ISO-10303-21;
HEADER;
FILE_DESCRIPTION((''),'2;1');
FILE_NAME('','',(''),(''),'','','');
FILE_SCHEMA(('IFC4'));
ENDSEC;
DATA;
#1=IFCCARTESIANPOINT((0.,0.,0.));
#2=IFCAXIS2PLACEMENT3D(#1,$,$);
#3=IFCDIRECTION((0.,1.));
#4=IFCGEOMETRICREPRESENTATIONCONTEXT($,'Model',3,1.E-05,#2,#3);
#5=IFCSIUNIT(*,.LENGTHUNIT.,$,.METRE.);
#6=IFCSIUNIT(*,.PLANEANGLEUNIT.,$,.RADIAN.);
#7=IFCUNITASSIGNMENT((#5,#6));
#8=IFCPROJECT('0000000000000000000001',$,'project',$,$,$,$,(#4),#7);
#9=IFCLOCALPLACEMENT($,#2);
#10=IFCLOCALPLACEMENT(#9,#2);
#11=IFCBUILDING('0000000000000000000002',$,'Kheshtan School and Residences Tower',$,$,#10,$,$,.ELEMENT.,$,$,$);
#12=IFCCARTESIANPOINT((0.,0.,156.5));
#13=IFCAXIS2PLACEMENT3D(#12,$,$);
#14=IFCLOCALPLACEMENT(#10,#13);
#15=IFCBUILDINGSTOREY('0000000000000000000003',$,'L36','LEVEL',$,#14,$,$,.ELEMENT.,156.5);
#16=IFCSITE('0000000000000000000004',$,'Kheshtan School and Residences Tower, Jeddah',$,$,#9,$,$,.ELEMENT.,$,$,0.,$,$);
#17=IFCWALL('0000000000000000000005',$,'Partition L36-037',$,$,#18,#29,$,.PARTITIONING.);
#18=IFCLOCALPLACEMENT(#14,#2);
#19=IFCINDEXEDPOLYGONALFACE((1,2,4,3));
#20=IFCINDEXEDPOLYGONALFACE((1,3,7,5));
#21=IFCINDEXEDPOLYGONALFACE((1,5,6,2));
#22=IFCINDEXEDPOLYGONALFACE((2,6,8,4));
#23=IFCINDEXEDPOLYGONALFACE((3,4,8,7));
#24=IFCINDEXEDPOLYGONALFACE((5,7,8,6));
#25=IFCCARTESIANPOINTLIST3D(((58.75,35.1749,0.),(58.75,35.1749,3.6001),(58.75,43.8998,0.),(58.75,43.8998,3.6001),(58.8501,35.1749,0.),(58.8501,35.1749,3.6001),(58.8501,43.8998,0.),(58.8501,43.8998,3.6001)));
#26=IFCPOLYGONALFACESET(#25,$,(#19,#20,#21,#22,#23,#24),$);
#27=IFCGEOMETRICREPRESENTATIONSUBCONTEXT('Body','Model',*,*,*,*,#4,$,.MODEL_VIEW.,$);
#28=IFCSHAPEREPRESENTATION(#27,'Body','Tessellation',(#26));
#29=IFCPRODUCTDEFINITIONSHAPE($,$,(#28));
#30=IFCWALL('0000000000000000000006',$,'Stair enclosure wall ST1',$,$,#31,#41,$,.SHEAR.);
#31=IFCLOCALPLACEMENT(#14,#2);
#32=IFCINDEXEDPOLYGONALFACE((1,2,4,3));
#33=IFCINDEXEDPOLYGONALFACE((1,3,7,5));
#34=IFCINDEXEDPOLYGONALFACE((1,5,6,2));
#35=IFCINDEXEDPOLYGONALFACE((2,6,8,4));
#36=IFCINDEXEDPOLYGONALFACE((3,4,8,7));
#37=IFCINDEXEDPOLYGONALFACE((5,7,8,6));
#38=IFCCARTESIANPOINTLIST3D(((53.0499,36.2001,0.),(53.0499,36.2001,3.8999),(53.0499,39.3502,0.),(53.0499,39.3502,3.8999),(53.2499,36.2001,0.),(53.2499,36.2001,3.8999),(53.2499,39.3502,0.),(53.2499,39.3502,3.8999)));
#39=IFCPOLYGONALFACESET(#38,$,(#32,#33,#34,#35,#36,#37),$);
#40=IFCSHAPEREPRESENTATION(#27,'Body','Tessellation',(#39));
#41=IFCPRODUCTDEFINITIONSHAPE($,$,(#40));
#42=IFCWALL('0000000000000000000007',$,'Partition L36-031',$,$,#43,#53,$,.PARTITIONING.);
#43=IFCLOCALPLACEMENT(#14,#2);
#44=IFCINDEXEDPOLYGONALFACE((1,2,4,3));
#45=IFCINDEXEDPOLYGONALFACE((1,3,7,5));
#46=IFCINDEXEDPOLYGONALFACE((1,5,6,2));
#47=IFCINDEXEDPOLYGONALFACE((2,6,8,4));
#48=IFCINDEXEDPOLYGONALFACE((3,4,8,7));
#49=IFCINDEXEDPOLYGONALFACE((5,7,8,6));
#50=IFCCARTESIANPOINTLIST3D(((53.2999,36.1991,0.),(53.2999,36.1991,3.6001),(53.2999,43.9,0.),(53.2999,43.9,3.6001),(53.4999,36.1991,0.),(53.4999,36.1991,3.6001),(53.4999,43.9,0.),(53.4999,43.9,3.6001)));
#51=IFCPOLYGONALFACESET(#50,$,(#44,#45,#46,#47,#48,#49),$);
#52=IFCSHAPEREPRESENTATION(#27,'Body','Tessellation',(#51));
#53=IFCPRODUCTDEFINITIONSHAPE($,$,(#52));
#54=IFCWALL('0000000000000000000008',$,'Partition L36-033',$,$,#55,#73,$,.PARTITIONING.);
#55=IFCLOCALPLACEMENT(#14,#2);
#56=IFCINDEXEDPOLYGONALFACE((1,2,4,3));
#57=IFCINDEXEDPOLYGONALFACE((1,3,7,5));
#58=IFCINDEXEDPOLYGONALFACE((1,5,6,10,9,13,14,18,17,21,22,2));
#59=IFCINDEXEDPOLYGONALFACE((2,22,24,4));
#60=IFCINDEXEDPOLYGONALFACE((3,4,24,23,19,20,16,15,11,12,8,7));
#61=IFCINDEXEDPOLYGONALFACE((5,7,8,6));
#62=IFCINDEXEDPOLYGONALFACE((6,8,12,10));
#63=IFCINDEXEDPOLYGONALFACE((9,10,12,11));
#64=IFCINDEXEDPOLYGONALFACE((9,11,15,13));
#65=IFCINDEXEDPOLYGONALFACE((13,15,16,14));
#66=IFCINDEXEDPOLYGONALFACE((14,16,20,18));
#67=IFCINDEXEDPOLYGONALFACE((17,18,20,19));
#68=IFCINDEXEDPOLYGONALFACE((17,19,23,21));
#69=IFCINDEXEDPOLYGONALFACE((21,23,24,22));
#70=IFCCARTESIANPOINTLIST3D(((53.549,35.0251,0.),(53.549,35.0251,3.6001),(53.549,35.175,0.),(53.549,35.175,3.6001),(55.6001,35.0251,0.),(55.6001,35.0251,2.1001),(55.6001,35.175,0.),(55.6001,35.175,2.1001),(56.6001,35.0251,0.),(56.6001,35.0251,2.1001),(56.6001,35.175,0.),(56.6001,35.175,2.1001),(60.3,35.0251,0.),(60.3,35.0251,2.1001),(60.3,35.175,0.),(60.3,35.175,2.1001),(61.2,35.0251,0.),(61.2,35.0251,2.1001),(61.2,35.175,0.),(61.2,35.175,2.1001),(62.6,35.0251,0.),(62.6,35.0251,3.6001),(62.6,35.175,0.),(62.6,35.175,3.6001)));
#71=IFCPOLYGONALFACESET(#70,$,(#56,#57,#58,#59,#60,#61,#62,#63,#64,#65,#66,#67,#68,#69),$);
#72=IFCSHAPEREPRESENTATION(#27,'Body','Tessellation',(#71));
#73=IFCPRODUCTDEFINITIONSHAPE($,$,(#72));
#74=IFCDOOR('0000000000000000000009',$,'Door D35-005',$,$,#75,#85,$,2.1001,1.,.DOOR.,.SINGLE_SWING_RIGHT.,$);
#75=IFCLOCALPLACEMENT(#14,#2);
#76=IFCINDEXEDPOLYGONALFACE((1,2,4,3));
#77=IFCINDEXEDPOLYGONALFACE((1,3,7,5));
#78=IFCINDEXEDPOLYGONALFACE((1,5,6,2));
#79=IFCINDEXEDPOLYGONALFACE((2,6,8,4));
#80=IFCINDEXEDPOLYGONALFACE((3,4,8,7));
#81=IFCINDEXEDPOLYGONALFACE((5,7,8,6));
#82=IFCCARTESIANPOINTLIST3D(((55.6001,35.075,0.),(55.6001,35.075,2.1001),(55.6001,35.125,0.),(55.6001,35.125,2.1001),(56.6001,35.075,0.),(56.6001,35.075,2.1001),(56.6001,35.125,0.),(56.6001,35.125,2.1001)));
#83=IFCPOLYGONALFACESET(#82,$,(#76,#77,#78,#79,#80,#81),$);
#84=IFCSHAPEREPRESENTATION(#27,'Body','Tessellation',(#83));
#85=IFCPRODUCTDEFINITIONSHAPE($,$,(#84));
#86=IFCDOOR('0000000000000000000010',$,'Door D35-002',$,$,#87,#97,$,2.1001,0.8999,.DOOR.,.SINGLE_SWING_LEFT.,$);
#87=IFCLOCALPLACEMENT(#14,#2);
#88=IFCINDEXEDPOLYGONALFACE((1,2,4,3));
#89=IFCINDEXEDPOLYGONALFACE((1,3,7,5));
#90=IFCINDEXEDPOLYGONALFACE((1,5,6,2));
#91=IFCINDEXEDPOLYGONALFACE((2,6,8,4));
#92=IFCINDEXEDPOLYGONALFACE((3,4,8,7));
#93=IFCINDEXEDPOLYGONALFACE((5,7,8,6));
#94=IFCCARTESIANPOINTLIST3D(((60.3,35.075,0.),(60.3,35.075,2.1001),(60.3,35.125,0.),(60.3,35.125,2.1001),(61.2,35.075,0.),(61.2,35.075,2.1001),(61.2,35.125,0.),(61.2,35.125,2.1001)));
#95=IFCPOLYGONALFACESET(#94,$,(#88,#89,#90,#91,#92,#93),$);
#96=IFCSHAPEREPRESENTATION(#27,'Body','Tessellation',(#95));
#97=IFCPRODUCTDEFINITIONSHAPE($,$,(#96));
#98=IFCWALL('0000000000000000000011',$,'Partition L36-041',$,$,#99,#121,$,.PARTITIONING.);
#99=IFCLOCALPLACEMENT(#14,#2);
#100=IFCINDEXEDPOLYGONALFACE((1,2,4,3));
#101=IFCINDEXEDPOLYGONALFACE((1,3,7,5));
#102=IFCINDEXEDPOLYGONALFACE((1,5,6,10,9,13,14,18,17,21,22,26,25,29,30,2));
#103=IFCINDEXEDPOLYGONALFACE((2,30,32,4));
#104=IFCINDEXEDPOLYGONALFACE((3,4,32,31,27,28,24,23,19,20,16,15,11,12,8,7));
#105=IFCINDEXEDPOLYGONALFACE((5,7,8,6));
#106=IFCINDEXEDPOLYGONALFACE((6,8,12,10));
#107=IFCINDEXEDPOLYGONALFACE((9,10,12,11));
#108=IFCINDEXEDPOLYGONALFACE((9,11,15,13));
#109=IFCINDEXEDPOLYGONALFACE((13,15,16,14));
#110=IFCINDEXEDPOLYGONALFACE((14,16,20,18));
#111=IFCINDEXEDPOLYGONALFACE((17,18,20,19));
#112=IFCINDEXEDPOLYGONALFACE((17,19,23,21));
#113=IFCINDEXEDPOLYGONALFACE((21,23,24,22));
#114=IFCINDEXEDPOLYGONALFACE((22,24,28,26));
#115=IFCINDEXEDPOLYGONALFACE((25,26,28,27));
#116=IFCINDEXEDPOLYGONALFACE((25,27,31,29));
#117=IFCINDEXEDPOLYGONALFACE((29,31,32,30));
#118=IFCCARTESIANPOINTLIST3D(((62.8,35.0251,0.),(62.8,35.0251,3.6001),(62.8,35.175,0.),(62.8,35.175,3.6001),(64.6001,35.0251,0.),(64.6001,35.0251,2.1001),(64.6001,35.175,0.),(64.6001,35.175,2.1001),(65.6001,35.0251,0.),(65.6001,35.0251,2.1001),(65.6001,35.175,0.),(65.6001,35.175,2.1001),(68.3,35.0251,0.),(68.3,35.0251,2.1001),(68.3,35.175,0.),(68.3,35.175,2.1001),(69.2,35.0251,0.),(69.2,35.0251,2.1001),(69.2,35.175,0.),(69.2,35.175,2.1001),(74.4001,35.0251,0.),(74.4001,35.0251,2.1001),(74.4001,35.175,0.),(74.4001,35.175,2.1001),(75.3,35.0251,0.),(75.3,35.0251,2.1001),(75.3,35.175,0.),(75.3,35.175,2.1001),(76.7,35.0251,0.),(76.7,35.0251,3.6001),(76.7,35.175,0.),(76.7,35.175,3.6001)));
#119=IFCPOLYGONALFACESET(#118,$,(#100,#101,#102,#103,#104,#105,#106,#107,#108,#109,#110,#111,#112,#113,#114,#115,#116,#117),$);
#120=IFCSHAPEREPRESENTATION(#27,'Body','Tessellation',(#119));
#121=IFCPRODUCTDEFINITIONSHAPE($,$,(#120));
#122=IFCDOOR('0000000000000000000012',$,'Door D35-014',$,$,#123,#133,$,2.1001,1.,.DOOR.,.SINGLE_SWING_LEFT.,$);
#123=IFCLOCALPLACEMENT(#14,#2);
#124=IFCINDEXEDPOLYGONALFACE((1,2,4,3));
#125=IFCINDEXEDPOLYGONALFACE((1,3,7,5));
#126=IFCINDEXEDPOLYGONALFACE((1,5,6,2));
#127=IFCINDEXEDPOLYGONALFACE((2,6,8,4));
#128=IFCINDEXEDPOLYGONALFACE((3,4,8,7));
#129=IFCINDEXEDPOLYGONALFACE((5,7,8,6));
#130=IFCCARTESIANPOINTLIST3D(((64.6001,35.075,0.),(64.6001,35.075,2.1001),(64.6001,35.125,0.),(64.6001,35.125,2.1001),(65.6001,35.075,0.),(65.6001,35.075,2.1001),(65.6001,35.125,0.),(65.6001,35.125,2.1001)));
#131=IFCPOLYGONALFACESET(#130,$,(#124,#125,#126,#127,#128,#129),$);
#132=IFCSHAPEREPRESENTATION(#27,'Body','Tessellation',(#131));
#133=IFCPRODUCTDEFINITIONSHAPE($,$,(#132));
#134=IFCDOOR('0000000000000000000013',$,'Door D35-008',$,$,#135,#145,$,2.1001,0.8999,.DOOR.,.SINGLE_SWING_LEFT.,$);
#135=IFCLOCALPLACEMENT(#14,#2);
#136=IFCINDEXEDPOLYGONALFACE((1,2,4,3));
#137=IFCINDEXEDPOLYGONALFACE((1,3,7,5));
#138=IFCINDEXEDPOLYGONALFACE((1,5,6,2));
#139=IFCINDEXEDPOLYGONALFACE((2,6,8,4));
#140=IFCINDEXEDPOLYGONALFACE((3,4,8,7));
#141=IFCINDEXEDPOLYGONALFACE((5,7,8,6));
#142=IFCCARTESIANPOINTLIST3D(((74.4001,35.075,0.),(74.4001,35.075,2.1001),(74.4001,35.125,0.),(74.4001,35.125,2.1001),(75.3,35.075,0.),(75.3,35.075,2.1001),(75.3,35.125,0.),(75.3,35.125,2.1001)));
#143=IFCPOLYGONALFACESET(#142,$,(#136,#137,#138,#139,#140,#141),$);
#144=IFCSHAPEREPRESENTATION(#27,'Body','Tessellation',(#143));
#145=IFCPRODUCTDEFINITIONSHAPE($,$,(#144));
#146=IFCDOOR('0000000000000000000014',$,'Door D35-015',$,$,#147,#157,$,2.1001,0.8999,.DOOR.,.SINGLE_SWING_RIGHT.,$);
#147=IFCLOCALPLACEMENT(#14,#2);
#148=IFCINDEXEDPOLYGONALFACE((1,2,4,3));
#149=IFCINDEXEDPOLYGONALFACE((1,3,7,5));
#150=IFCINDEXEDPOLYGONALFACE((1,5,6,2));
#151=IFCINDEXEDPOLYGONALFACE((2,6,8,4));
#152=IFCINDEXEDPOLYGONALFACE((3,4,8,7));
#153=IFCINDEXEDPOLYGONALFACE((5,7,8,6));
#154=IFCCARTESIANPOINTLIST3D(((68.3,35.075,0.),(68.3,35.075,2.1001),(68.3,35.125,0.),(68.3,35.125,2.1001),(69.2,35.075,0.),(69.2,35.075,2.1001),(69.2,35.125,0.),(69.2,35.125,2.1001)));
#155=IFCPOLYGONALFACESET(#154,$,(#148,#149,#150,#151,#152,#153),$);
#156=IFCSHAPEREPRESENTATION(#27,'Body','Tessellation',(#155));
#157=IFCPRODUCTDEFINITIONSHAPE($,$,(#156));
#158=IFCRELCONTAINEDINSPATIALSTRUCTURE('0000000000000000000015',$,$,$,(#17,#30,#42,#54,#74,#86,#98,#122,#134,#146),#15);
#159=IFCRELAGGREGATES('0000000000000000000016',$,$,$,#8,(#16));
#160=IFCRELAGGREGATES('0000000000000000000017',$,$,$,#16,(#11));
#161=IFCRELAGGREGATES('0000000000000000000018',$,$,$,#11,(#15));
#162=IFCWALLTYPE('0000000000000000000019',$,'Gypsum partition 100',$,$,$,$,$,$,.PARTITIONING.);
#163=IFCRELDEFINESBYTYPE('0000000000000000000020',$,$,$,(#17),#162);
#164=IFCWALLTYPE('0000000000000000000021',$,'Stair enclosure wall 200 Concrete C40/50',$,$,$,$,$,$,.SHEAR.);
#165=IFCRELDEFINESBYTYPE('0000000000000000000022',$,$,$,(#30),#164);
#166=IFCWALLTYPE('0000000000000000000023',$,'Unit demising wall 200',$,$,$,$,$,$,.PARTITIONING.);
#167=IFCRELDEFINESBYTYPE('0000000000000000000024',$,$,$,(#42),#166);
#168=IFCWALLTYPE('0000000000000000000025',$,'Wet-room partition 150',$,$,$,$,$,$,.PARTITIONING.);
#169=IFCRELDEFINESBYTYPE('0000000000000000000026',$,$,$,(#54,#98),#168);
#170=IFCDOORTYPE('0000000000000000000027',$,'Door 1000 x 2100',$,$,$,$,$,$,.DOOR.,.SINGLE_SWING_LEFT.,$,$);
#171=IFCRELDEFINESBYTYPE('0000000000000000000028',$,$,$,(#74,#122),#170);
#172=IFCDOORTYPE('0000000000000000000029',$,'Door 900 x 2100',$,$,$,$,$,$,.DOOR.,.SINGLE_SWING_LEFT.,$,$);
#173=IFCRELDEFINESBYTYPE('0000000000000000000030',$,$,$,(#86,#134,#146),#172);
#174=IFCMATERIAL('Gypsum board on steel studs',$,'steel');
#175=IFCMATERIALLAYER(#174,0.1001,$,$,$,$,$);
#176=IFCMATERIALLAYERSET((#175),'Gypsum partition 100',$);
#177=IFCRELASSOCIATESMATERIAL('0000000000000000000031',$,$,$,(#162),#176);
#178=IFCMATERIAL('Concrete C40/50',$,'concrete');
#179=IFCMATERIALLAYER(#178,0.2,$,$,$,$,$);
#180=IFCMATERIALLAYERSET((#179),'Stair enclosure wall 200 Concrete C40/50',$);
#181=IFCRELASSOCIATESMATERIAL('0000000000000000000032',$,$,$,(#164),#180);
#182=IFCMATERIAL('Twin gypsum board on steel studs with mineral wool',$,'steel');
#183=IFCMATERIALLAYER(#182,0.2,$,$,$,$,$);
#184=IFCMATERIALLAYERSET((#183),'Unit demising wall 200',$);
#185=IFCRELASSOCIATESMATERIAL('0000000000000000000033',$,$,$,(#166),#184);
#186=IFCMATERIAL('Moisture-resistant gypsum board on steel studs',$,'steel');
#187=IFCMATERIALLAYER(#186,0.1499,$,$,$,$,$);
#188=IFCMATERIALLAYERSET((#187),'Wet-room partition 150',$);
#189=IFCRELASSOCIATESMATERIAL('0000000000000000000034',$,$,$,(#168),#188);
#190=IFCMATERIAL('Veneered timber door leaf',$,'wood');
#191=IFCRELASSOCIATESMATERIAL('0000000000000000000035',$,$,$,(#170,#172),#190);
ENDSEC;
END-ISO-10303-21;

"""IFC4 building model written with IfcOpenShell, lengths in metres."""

from ifc_helpers import new_model, si_unit, direction, frame, frame_2d, origin, place, context, subcontext, project, spatial, rectangle, extrude, source, transform, mapped, material, layer, layer_set, type_object, element, fill, save


model = new_model("IFC4")

# Units and contexts
model_context = context("Model", 3, precision=1e-05, world=origin(), true_north=direction((0.0, 1.0)))
body_context = subcontext(model_context, "Body", "Model", "MODEL_VIEW")
ifc_project = project(units=[si_unit("LENGTHUNIT", "METRE"), si_unit("PLANEANGLEUNIT", "RADIAN")], contexts=[model_context])

# Site, building, storey
site_placement = place(None, origin())
site = spatial("IfcSite", under=ifc_project, at=site_placement, Name="Kheshtan School and Residences Tower, Jeddah", CompositionType="ELEMENT", RefElevation=0.0)
building_placement = place(site_placement, origin())
building = spatial("IfcBuilding", under=site, at=building_placement, Name="Kheshtan School and Residences Tower", CompositionType="ELEMENT")
storey_placement = place(building_placement, frame((0.0, 0.0, 156.5)))
storey = spatial("IfcBuildingStorey", under=building, at=storey_placement, Name="L36", Description="LEVEL", CompositionType="ELEMENT", Elevation=156.5)

# Walls
ifc_material_1 = material(Name="Gypsum board on steel studs", Category="steel")
ifc_layer_1 = layer(ifc_material_1, 0.1001)
ifc_layer_set_1 = layer_set([ifc_layer_1], Name="Gypsum partition 100")
wall_type_1 = type_object("IfcWallType", Name="Gypsum partition 100", PredefinedType="PARTITIONING", material=ifc_layer_set_1)
wall_1_placement = place(storey_placement, frame((58.8, 35.175, 0.0), z_axis=(0.0, 0.0, 1.0), x_axis=(0.0, 1.0, 0.0)))
element("IfcWall", 1, at=wall_1_placement, inside=storey, type_object=wall_type_1, Name="Partition L36-037", PredefinedType="PARTITIONING", context=body_context, shape_type="SweptSolid", body=[
    extrude(rectangle(XDim=8.7249, YDim=0.1001, at=frame_2d((4.3623, 0.0))), origin(), (0.0, 0.0, 1.0), 3.6001),
])
ifc_material_2 = material(Name="Concrete C40/50", Category="concrete")
ifc_layer_2 = layer(ifc_material_2, 0.2)
ifc_layer_set_2 = layer_set([ifc_layer_2], Name="Stair enclosure wall 200 Concrete C40/50")
wall_type_2 = type_object("IfcWallType", Name="Stair enclosure wall 200 Concrete C40/50", PredefinedType="SHEAR", material=ifc_layer_set_2)
wall_2_placement = place(storey_placement, frame((53.1499, 36.2, 0.0), z_axis=(0.0, 0.0, 1.0), x_axis=(0.0, 1.0, 0.0)))
element("IfcWall", 2, at=wall_2_placement, inside=storey, type_object=wall_type_2, Name="Stair enclosure wall ST1", PredefinedType="SHEAR", context=body_context, shape_type="SweptSolid", body=[
    extrude(rectangle(XDim=3.1501, YDim=0.2, at=frame_2d((1.5752, 0.0))), origin(), (0.0, 0.0, 1.0), 3.8999),
])
ifc_material_3 = material(Name="Twin gypsum board on steel studs with mineral wool", Category="steel")
ifc_layer_3 = layer(ifc_material_3, 0.2)
ifc_layer_set_3 = layer_set([ifc_layer_3], Name="Unit demising wall 200")
wall_type_3 = type_object("IfcWallType", Name="Unit demising wall 200", PredefinedType="PARTITIONING", material=ifc_layer_set_3)
wall_3_placement = place(storey_placement, frame((53.3999, 36.199, 0.0), z_axis=(0.0, 0.0, 1.0), x_axis=(0.0, 1.0, 0.0)))
element("IfcWall", 3, at=wall_3_placement, inside=storey, type_object=wall_type_3, Name="Partition L36-031", PredefinedType="PARTITIONING", context=body_context, shape_type="SweptSolid", body=[
    extrude(rectangle(XDim=7.7009, YDim=0.2, at=frame_2d((3.8506, 0.0))), origin(), (0.0, 0.0, 1.0), 3.6001),
])

# Walls, openings, doors
ifc_material_4 = material(Name="Moisture-resistant gypsum board on steel studs", Category="steel")
ifc_layer_4 = layer(ifc_material_4, 0.1499)
ifc_layer_set_4 = layer_set([ifc_layer_4], Name="Wet-room partition 150")
wall_type_4 = type_object("IfcWallType", Name="Wet-room partition 150", PredefinedType="PARTITIONING", material=ifc_layer_set_4)
wall_4_placement = place(storey_placement, frame((53.5491, 35.1001, 0.0), z_axis=(0.0, 0.0, 1.0), x_axis=(1.0, 0.0, 0.0)))
wall_4 = element("IfcWall", 4, at=wall_4_placement, inside=storey, type_object=wall_type_4, Name="Partition L36-033", PredefinedType="PARTITIONING", context=body_context, shape_type="SweptSolid", body=[
    extrude(rectangle(XDim=9.051, YDim=0.1499, at=frame_2d((4.5254, 0.0))), origin(), (0.0, 0.0, 1.0), 3.6001),
])
opening_1_placement = place(wall_4_placement, frame((6.751, 0.0, 0.0)))
opening_1 = element("IfcOpeningElement", 5, at=opening_1_placement, cuts=wall_4, PredefinedType="OPENING", context=body_context, shape_type="SweptSolid", body=[
    extrude(rectangle(XDim=0.8999, YDim=2.1001, at=frame_2d((0.45, 1.05))), frame((0.0, 0.085, 0.0), z_axis=(0.0, -1.0, 0.0), x_axis=(1.0, 0.0, 0.0)), (0.0, 0.0, 1.0), 0.1699),
])
opening_2_placement = place(wall_4_placement, frame((2.051, 0.0, 0.0)))
opening_2 = element("IfcOpeningElement", 6, at=opening_2_placement, cuts=wall_4, PredefinedType="OPENING", context=body_context, shape_type="SweptSolid", body=[
    extrude(rectangle(XDim=1.0, YDim=2.1001, at=frame_2d((0.5, 1.05))), frame((0.0, 0.085, 0.0), z_axis=(0.0, -1.0, 0.0), x_axis=(1.0, 0.0, 0.0)), (0.0, 0.0, 1.0), 0.1699),
])
ifc_material_5 = material(Name="Veneered timber door leaf", Category="wood")
door_type_1 = type_object("IfcDoorType", Name="Door 1000 x 2100", OperationType="SINGLE_SWING_LEFT", PredefinedType="DOOR", material=ifc_material_5)
shared_shape_1 = source(origin(), body_context, "Body", "SweptSolid", [
    extrude(rectangle(XDim=1.0, YDim=2.1001, at=frame_2d((0.5, 1.05))), frame((0.0, 0.0249, 0.0), z_axis=(0.0, -1.0, 0.0), x_axis=(1.0, 0.0, 0.0)), (0.0, 0.0, 1.0), 0.05),
])
door_1_placement = place(opening_2_placement, origin())
door_1 = element("IfcDoor", 7, at=door_1_placement, inside=storey, type_object=door_type_1, Name="Door D35-005", OperationType="SINGLE_SWING_RIGHT", OverallHeight=2.1001, OverallWidth=1.0, PredefinedType="DOOR", context=body_context, shape_type="MappedRepresentation", body=[
    mapped(shared_shape_1, transform((0.0, 0.0, 0.0), x_axis=(1.0, 0.0, 0.0), y_axis=(0.0, 1.0, 0.0), z_axis=(0.0, 0.0, 1.0), scale=1.0)),
])
fill(opening_2, door_1)
door_type_2 = type_object("IfcDoorType", Name="Door 900 x 2100", OperationType="SINGLE_SWING_LEFT", PredefinedType="DOOR", material=ifc_material_5)
shared_shape_2 = source(origin(), body_context, "Body", "SweptSolid", [
    extrude(rectangle(XDim=0.8999, YDim=2.1001, at=frame_2d((0.45, 1.05))), frame((0.0, 0.0249, 0.0), z_axis=(0.0, -1.0, 0.0), x_axis=(1.0, 0.0, 0.0)), (0.0, 0.0, 1.0), 0.05),
])
door_2_placement = place(opening_1_placement, origin())
door_2 = element("IfcDoor", 8, at=door_2_placement, inside=storey, type_object=door_type_2, Name="Door D35-002", OperationType="SINGLE_SWING_LEFT", OverallHeight=2.1001, OverallWidth=0.8999, PredefinedType="DOOR", context=body_context, shape_type="MappedRepresentation", body=[
    mapped(shared_shape_2, transform((0.0, 0.0, 0.0), x_axis=(1.0, 0.0, 0.0), y_axis=(0.0, 1.0, 0.0), z_axis=(0.0, 0.0, 1.0), scale=1.0)),
])
fill(opening_1, door_2)
wall_5_placement = place(storey_placement, frame((62.8, 35.1001, 0.0), z_axis=(0.0, 0.0, 1.0), x_axis=(1.0, 0.0, 0.0)))
wall_5 = element("IfcWall", 9, at=wall_5_placement, inside=storey, type_object=wall_type_4, Name="Partition L36-041", PredefinedType="PARTITIONING", context=body_context, shape_type="SweptSolid", body=[
    extrude(rectangle(XDim=13.8999, YDim=0.1499, at=frame_2d((6.95, 0.0))), origin(), (0.0, 0.0, 1.0), 3.6001),
])
opening_3_placement = place(wall_5_placement, frame((11.6001, 0.0, 0.0)))
opening_3 = element("IfcOpeningElement", 10, at=opening_3_placement, cuts=wall_5, PredefinedType="OPENING", context=body_context, shape_type="SweptSolid", body=[
    extrude(rectangle(XDim=0.8999, YDim=2.1001, at=frame_2d((0.45, 1.05))), frame((0.0, 0.085, 0.0), z_axis=(0.0, -1.0, 0.0), x_axis=(1.0, 0.0, 0.0)), (0.0, 0.0, 1.0), 0.1699),
])
opening_4_placement = place(wall_5_placement, frame((1.8, 0.0, 0.0)))
opening_4 = element("IfcOpeningElement", 11, at=opening_4_placement, cuts=wall_5, PredefinedType="OPENING", context=body_context, shape_type="SweptSolid", body=[
    extrude(rectangle(XDim=1.0, YDim=2.1001, at=frame_2d((0.5, 1.05))), frame((0.0, 0.085, 0.0), z_axis=(0.0, -1.0, 0.0), x_axis=(1.0, 0.0, 0.0)), (0.0, 0.0, 1.0), 0.1699),
])
opening_5_placement = place(wall_5_placement, frame((5.5, 0.0, 0.0)))
opening_5 = element("IfcOpeningElement", 12, at=opening_5_placement, cuts=wall_5, PredefinedType="OPENING", context=body_context, shape_type="SweptSolid", body=[
    extrude(rectangle(XDim=0.8999, YDim=2.1001, at=frame_2d((0.45, 1.05))), frame((0.0, 0.085, 0.0), z_axis=(0.0, -1.0, 0.0), x_axis=(1.0, 0.0, 0.0)), (0.0, 0.0, 1.0), 0.1699),
])
door_3_placement = place(opening_4_placement, origin())
door_3 = element("IfcDoor", 13, at=door_3_placement, inside=storey, type_object=door_type_1, Name="Door D35-014", OperationType="SINGLE_SWING_LEFT", OverallHeight=2.1001, OverallWidth=1.0, PredefinedType="DOOR", context=body_context, shape_type="MappedRepresentation", body=[
    mapped(shared_shape_1, transform((0.0, 0.0, 0.0), x_axis=(1.0, 0.0, 0.0), y_axis=(0.0, 1.0, 0.0), z_axis=(0.0, 0.0, 1.0), scale=1.0)),
])
fill(opening_4, door_3)
door_4_placement = place(opening_3_placement, origin())
door_4 = element("IfcDoor", 14, at=door_4_placement, inside=storey, type_object=door_type_2, Name="Door D35-008", OperationType="SINGLE_SWING_LEFT", OverallHeight=2.1001, OverallWidth=0.8999, PredefinedType="DOOR", context=body_context, shape_type="MappedRepresentation", body=[
    mapped(shared_shape_2, transform((0.0, 0.0, 0.0), x_axis=(1.0, 0.0, 0.0), y_axis=(0.0, 1.0, 0.0), z_axis=(0.0, 0.0, 1.0), scale=1.0)),
])
fill(opening_3, door_4)
door_5_placement = place(opening_5_placement, origin())
door_5 = element("IfcDoor", 15, at=door_5_placement, inside=storey, type_object=door_type_2, Name="Door D35-015", OperationType="SINGLE_SWING_RIGHT", OverallHeight=2.1001, OverallWidth=0.8999, PredefinedType="DOOR", context=body_context, shape_type="MappedRepresentation", body=[
    mapped(shared_shape_2, transform((0.0, 0.0, 0.0), x_axis=(1.0, 0.0, 0.0), y_axis=(0.0, 1.0, 0.0), z_axis=(0.0, 0.0, 1.0), scale=1.0)),
])
fill(opening_5, door_5)

save(model, "model.ifc")
